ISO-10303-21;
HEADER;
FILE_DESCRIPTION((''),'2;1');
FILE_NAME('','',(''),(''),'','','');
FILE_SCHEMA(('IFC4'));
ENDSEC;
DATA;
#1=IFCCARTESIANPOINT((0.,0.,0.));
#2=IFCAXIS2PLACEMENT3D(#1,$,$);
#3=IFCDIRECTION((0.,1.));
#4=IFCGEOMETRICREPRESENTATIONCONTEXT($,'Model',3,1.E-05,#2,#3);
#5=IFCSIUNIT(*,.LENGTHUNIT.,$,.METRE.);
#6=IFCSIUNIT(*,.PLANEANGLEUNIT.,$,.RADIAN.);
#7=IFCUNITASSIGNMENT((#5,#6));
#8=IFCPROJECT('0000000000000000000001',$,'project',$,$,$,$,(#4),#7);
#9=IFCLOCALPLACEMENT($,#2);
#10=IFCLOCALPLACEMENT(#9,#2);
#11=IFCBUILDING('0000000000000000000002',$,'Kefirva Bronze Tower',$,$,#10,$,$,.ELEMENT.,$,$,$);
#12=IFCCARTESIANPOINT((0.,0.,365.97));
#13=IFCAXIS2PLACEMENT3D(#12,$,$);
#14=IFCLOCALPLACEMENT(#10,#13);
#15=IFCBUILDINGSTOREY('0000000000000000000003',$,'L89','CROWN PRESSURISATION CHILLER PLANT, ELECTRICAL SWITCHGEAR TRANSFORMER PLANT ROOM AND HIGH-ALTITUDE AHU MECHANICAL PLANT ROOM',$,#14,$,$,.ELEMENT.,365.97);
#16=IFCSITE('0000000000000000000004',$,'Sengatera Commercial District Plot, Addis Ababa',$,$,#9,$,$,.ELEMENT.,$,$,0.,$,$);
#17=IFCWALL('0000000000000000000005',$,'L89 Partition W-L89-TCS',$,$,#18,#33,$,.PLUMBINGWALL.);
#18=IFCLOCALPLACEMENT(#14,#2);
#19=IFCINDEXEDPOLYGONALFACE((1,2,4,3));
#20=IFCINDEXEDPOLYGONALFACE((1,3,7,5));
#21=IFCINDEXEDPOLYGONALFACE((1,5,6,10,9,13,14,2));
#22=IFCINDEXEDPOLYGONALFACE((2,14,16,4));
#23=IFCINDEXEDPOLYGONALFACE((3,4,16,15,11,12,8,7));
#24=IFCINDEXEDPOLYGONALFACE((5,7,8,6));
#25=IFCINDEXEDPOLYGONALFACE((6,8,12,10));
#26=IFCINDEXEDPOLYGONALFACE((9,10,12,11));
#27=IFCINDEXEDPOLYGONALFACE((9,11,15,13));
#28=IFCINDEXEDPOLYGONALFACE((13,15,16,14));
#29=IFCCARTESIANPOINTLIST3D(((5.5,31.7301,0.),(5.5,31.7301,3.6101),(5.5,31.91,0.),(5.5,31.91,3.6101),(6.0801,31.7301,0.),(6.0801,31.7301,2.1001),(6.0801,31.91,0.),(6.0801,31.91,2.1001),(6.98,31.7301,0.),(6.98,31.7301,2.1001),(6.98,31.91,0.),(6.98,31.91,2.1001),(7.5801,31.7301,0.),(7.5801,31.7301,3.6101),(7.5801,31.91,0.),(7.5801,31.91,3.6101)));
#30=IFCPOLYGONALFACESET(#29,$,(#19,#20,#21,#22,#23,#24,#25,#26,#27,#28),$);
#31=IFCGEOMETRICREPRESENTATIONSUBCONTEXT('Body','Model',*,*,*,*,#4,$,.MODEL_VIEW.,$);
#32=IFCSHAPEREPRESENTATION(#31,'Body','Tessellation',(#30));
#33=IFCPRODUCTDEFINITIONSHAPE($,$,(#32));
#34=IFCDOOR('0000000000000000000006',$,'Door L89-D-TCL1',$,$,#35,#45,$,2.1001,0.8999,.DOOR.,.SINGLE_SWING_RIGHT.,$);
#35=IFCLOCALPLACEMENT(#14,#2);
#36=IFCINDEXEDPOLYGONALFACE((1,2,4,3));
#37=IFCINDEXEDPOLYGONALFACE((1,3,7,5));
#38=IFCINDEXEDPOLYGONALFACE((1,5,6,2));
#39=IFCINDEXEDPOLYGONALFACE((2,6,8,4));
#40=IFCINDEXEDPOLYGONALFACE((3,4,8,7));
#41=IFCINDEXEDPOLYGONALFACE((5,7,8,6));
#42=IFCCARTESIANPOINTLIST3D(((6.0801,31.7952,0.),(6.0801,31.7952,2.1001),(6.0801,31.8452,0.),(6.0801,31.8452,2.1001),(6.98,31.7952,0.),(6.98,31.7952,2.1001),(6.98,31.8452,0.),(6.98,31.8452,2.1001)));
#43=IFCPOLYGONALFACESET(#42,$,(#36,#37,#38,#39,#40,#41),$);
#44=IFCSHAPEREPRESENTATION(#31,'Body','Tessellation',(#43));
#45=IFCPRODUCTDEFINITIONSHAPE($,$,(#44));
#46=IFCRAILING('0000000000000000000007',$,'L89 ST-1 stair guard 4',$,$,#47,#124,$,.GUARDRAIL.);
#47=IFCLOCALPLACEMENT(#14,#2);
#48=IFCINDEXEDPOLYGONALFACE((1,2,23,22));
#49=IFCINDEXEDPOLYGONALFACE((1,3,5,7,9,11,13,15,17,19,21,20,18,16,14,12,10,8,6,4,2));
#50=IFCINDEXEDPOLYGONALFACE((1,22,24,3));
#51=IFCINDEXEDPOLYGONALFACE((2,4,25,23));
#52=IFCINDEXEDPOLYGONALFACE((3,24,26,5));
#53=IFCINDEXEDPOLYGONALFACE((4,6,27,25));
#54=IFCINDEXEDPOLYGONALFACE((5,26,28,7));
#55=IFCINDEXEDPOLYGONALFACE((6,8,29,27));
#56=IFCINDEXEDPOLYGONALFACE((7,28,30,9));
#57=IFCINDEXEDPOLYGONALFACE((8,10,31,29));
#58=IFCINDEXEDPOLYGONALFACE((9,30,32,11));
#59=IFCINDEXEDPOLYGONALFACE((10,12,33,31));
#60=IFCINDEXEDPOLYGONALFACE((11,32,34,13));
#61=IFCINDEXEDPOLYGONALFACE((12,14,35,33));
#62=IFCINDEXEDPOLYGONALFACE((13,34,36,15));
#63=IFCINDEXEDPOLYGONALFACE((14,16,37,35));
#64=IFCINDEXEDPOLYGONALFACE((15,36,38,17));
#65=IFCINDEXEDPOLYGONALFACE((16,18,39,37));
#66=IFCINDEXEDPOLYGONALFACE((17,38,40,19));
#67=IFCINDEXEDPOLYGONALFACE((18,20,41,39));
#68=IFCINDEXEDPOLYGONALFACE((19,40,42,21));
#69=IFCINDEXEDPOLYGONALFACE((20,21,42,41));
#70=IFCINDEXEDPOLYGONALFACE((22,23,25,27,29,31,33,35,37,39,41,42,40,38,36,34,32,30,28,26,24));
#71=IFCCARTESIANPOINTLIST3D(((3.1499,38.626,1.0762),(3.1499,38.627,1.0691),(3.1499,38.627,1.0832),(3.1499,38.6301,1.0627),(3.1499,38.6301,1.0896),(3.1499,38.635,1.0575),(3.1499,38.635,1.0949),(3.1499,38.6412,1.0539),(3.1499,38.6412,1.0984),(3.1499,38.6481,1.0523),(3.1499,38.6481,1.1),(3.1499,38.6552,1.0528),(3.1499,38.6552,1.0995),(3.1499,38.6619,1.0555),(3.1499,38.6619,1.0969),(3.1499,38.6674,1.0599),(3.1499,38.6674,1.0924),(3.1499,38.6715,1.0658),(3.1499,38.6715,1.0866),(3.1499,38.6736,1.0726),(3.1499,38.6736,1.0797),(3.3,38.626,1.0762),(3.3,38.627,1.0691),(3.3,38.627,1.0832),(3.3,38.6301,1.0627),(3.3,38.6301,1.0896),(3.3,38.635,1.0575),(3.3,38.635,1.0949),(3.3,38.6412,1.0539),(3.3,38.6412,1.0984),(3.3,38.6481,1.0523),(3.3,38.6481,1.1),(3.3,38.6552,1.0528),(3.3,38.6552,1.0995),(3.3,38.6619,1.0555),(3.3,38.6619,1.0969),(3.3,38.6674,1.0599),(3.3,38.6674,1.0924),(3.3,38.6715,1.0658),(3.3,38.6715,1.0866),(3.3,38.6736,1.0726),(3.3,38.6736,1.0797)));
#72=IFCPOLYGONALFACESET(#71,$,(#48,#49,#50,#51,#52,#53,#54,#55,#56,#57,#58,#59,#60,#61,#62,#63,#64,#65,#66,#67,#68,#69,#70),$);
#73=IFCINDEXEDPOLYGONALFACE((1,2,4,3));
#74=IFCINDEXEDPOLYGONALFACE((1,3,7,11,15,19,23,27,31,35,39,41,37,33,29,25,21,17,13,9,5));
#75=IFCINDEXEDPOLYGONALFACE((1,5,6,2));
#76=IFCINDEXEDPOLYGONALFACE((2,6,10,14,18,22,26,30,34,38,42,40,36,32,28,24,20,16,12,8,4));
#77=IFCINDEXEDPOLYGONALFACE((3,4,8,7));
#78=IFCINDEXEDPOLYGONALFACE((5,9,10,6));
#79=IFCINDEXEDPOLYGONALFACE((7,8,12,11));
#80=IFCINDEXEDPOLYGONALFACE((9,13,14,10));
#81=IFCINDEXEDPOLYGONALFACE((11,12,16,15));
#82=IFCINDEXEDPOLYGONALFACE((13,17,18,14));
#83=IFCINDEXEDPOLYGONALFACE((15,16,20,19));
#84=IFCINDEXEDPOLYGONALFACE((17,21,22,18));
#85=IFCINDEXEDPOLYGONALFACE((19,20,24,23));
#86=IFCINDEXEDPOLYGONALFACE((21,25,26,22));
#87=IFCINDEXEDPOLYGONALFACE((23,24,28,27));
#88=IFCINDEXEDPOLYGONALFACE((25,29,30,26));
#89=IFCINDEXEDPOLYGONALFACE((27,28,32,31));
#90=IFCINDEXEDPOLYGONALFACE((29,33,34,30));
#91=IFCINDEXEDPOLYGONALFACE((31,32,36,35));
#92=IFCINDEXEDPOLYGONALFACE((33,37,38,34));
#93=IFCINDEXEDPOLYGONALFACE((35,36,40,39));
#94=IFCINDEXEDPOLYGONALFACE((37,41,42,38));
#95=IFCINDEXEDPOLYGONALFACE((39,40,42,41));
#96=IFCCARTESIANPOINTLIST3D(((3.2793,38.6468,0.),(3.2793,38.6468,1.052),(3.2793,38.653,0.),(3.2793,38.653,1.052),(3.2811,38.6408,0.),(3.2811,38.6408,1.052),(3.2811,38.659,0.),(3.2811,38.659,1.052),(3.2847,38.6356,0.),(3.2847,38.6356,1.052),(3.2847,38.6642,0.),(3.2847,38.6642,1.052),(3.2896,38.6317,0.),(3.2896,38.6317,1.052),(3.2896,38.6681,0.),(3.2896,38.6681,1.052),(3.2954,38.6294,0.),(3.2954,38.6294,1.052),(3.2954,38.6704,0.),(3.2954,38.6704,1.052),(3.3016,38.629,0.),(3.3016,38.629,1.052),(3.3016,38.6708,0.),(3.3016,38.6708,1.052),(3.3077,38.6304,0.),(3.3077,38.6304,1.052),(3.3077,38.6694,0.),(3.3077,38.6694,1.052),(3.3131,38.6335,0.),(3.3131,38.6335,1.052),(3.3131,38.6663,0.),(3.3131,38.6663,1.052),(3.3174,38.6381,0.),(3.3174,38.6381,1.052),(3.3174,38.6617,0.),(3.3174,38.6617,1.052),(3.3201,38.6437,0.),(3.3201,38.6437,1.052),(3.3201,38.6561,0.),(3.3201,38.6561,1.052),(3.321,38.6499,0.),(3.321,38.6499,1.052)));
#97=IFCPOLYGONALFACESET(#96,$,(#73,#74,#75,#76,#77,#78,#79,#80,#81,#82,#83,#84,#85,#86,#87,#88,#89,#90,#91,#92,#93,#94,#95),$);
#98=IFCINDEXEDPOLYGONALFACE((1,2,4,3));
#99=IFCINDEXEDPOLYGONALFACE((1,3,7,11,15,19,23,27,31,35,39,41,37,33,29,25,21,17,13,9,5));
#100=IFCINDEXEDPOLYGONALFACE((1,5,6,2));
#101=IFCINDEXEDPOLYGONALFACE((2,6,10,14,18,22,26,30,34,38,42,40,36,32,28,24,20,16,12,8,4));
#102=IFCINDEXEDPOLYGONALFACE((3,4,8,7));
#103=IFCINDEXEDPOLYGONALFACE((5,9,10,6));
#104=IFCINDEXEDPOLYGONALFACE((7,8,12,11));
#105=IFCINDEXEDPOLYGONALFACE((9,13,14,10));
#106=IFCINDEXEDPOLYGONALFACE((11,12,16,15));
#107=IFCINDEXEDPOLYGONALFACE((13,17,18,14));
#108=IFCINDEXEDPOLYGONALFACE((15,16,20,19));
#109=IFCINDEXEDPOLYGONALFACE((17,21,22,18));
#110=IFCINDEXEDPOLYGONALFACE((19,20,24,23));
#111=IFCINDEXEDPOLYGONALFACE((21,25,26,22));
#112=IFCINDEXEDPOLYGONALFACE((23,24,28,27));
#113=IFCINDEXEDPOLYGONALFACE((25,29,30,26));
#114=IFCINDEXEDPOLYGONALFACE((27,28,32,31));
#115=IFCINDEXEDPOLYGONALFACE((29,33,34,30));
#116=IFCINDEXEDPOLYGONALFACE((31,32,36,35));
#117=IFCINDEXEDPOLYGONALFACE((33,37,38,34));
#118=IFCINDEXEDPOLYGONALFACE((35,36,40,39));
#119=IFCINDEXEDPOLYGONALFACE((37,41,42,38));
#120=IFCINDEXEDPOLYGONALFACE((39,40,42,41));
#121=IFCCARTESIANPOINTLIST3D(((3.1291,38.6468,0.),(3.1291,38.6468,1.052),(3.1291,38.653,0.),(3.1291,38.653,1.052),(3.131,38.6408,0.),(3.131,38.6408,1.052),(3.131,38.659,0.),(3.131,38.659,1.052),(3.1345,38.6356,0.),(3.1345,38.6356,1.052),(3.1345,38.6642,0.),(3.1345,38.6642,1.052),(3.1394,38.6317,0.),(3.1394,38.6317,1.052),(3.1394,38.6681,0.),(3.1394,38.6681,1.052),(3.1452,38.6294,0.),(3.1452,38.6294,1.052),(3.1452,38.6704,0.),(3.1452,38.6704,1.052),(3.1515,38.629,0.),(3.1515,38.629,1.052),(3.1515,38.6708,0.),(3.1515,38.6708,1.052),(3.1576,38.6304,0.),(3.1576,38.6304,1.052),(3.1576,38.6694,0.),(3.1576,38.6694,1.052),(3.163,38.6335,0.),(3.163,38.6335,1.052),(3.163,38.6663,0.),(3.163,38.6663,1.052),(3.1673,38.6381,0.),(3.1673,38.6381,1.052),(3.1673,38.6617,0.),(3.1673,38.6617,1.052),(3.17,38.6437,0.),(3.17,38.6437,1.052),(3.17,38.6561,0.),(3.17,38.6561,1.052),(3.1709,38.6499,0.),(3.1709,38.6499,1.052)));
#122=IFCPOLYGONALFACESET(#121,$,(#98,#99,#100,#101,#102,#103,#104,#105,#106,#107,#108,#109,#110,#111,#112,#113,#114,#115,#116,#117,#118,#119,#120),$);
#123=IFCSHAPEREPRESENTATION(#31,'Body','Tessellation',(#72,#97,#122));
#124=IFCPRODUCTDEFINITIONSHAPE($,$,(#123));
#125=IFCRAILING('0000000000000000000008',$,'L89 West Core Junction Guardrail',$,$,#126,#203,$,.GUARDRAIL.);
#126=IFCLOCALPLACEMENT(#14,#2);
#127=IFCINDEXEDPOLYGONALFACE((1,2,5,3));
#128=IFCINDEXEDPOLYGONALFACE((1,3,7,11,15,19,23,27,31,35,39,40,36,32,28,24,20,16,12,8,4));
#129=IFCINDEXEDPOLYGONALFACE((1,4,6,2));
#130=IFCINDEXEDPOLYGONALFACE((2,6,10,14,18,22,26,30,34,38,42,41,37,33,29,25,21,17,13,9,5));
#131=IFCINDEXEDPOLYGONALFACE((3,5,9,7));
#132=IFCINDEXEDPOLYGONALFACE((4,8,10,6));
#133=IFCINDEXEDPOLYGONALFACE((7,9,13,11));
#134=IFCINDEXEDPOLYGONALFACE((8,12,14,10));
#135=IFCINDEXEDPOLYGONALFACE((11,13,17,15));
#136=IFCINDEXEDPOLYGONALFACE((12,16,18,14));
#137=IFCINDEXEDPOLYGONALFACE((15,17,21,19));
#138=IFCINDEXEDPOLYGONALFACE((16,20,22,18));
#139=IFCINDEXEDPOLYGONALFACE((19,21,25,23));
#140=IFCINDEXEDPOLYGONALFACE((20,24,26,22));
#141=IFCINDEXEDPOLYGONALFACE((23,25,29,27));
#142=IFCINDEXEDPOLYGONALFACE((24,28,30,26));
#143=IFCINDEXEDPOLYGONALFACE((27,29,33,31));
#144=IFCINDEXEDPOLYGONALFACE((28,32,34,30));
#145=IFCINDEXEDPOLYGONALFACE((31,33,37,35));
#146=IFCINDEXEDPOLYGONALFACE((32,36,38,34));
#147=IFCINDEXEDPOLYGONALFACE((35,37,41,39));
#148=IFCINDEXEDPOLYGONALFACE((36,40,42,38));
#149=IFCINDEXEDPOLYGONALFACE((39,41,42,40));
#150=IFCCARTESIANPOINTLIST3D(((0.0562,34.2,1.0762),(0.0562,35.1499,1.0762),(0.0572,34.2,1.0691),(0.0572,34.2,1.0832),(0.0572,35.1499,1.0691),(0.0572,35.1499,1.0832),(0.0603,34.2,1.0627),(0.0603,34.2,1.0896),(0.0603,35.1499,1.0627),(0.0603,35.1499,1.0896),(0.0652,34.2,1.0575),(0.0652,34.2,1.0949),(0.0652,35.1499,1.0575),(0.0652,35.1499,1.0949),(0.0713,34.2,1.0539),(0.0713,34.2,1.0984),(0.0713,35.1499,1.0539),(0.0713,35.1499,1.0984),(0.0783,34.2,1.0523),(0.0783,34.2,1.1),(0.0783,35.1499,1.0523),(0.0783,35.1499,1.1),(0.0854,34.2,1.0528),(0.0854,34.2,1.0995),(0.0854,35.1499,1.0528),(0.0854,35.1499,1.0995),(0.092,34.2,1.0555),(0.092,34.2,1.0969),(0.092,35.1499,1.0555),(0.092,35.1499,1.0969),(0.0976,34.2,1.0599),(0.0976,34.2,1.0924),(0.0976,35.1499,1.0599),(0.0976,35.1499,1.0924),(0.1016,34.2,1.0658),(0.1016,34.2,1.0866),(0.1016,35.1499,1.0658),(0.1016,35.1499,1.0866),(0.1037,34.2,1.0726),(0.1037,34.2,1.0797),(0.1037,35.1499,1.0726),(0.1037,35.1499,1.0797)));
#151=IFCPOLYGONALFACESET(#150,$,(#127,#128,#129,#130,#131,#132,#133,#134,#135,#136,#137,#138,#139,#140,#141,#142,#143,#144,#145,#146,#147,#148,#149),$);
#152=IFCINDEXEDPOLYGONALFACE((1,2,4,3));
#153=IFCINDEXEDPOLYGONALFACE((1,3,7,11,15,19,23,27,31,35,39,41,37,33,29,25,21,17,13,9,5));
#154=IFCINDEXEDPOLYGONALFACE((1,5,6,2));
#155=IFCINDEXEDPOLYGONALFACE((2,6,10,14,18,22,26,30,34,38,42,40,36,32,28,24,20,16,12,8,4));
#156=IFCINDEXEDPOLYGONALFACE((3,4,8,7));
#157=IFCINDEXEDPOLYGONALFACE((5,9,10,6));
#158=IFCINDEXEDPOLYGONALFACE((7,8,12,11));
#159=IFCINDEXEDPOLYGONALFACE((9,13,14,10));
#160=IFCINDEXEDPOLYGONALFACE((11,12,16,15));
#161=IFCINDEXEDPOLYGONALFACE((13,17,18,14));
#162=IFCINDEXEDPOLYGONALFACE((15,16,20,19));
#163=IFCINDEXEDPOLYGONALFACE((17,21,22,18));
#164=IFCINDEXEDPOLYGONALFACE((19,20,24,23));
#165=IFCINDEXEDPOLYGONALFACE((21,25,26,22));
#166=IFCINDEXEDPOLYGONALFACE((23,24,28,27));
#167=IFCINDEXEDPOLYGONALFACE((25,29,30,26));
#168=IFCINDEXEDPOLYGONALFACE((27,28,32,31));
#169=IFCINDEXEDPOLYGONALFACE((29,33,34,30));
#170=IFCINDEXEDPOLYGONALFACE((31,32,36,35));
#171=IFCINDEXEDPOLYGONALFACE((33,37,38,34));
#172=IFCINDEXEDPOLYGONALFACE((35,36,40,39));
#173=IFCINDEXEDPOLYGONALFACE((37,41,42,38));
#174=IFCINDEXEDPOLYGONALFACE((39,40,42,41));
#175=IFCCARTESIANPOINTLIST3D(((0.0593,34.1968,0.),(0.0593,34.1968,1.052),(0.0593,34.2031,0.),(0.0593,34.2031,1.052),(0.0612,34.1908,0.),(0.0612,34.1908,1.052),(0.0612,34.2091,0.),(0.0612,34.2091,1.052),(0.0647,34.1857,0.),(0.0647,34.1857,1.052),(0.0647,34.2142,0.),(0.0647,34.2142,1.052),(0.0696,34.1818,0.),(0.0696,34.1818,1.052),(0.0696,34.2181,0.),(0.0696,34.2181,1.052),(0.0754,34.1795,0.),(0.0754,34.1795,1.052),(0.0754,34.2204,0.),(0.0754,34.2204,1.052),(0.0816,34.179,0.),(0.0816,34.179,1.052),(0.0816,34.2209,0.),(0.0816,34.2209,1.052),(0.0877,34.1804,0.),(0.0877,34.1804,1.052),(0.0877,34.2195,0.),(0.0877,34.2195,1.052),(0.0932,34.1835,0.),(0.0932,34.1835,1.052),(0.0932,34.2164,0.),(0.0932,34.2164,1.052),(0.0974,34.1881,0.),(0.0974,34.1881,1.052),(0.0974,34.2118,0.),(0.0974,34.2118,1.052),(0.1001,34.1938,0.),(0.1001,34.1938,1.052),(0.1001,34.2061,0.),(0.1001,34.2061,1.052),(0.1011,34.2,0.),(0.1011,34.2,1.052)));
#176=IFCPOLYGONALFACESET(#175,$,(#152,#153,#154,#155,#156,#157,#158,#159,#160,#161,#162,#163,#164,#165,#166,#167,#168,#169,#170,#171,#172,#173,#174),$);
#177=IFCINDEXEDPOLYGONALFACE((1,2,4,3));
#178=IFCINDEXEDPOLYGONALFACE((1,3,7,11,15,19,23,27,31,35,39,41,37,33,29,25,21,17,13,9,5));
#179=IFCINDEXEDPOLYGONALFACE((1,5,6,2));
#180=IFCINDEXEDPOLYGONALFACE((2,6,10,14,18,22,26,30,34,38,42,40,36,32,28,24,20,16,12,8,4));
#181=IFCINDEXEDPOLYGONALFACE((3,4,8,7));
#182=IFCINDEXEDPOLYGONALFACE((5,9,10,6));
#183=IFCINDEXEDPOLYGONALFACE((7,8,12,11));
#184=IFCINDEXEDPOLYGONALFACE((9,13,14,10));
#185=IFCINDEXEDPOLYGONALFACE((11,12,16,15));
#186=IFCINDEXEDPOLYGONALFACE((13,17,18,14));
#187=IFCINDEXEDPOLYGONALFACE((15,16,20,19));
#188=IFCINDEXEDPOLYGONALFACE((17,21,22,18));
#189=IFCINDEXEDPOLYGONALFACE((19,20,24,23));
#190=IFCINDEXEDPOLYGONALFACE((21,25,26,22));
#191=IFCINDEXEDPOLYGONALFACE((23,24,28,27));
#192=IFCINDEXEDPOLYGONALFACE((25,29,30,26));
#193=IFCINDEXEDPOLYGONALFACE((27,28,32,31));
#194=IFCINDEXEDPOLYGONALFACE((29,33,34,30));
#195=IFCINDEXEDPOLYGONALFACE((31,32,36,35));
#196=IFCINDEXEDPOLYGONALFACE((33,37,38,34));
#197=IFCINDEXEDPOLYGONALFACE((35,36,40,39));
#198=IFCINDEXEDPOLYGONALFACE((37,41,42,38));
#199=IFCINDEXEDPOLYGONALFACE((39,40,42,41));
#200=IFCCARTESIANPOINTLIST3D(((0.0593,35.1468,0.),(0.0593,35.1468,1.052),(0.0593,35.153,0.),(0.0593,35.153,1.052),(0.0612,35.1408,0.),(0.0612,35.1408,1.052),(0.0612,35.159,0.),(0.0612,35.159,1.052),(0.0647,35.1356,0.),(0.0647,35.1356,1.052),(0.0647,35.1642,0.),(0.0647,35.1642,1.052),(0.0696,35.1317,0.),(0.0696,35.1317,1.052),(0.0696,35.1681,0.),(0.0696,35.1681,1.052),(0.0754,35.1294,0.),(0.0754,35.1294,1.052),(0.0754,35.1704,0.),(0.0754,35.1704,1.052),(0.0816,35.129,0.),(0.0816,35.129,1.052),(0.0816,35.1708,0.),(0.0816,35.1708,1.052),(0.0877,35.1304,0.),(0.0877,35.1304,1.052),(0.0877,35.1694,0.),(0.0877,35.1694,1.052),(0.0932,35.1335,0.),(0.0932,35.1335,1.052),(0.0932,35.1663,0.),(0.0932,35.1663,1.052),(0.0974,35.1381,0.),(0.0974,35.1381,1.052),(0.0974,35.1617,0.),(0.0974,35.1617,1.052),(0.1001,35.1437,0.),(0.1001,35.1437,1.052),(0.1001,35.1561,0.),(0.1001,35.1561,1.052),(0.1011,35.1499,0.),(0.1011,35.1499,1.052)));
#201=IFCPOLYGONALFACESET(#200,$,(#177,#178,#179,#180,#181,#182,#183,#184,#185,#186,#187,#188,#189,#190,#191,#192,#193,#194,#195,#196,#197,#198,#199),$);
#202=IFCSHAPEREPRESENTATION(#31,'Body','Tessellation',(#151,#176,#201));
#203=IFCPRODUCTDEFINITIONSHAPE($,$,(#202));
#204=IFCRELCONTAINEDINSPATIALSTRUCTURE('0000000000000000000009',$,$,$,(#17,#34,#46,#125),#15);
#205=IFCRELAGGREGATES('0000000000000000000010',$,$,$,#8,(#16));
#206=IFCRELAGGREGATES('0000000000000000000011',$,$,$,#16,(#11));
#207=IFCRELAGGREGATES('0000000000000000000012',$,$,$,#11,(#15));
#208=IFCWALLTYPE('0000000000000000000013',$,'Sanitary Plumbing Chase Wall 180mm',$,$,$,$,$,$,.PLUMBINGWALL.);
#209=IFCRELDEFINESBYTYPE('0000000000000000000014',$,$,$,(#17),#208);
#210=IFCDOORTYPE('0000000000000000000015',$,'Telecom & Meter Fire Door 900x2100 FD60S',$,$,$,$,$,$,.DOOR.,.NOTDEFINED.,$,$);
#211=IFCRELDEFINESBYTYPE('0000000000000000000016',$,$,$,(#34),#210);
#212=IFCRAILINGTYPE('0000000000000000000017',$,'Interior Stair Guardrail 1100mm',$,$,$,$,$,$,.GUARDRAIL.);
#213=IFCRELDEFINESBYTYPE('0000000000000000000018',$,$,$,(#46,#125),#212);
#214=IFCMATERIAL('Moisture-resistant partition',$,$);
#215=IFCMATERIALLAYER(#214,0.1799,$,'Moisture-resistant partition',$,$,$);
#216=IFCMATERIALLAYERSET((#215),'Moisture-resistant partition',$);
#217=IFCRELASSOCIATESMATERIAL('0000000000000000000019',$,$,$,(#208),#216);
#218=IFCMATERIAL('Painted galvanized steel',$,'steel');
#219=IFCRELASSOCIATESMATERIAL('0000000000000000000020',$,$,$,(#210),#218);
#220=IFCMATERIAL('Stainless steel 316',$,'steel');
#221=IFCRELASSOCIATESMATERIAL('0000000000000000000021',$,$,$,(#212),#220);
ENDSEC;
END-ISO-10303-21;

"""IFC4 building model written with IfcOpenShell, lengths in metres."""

from ifc_helpers import new_model, si_unit, direction, frame, frame_2d, origin, origin_2d, place, context, subcontext, project, spatial, rectangle, circle, extrude, material, layer, layer_set, type_object, element, fill, save


model = new_model("IFC4")

# Units and contexts
model_context = context("Model", 3, precision=1e-05, world=origin(), true_north=direction((0.0, 1.0)))
body_context = subcontext(model_context, "Body", "Model", "MODEL_VIEW")
ifc_project = project(units=[si_unit("LENGTHUNIT", "METRE"), si_unit("PLANEANGLEUNIT", "RADIAN")], contexts=[model_context])

# Site, building, storey
site_placement = place(None, origin())
site = spatial("IfcSite", under=ifc_project, at=site_placement, Name="Sengatera Commercial District Plot, Addis Ababa", CompositionType="ELEMENT", RefElevation=0.0)
building_placement = place(site_placement, origin())
building = spatial("IfcBuilding", under=site, at=building_placement, Name="Kefirva Bronze Tower", CompositionType="ELEMENT")
storey_placement = place(building_placement, frame((0.0, 0.0, 365.97)))
storey = spatial("IfcBuildingStorey", under=building, at=storey_placement, Name="L89", Description="CROWN PRESSURISATION CHILLER PLANT, ELECTRICAL SWITCHGEAR TRANSFORMER PLANT ROOM AND HIGH-ALTITUDE AHU MECHANICAL PLANT ROOM", CompositionType="ELEMENT", Elevation=365.97)

# Shared definitions
ifc_material_1 = material(Name="Painted galvanized steel", Category="steel")

# Shared definitions
ifc_material_2 = material(Name="Stainless steel 316", Category="steel")

# Wall, opening, door
ifc_material_3 = material(Name="Moisture-resistant partition")
ifc_layer_1 = layer(ifc_material_3, 0.1799, Name="Moisture-resistant partition")
ifc_layer_set_1 = layer_set([ifc_layer_1], Name="Moisture-resistant partition")
wall_type_1 = type_object("IfcWallType", Name="Sanitary Plumbing Chase Wall 180mm", PredefinedType="PLUMBINGWALL", material=ifc_layer_set_1)
wall_1_placement = place(storey_placement, frame((5.5, 31.8201, 0.0), z_axis=(0.0, 0.0, 1.0), x_axis=(1.0, 0.0, 0.0)))
wall_1 = element("IfcWall", 1, at=wall_1_placement, inside=storey, type_object=wall_type_1, Name="L89 Partition W-L89-TCS", PredefinedType="PLUMBINGWALL", context=body_context, shape_type="SweptSolid", body=[
    extrude(rectangle(XDim=2.0801, YDim=0.1799, at=frame_2d((1.04, 0.0))), origin(), (0.0, 0.0, 1.0), 3.6101),
])
opening_1_placement = place(wall_1_placement, frame((1.48, 0.0, 0.0), z_axis=(0.0, 0.0, 1.0), x_axis=(-1.0, 0.0, 0.0)))
opening_1 = element("IfcOpeningElement", 2, at=opening_1_placement, cuts=wall_1, PredefinedType="OPENING", context=body_context, shape_type="SweptSolid", body=[
    extrude(rectangle(XDim=0.8999, YDim=2.1001, at=frame_2d((0.45, 1.05))), frame((0.0, 0.1001, 0.0), z_axis=(0.0, -1.0, 0.0), x_axis=(1.0, 0.0, 0.0)), (0.0, 0.0, 1.0), 0.2),
])
door_type_1 = type_object("IfcDoorType", Name="Telecom & Meter Fire Door 900x2100 FD60S", OperationType="NOTDEFINED", PredefinedType="DOOR", material=ifc_material_1)
door_1_placement = place(opening_1_placement, origin())
door_1 = element("IfcDoor", 3, at=door_1_placement, inside=storey, type_object=door_type_1, Name="Door L89-D-TCL1", OperationType="SINGLE_SWING_RIGHT", OverallHeight=2.1001, OverallWidth=0.8999, PredefinedType="DOOR", context=body_context, shape_type="SweptSolid", body=[
    extrude(rectangle(XDim=0.8999, YDim=2.1001, at=frame_2d((0.45, 1.05))), frame((0.0, 0.0249, 0.0), z_axis=(0.0, -1.0, 0.0), x_axis=(1.0, 0.0, 0.0)), (0.0, 0.0, 1.0), 0.05),
])
fill(opening_1, door_1)

# Railings
railing_type = type_object("IfcRailingType", Name="Interior Stair Guardrail 1100mm", PredefinedType="GUARDRAIL", material=ifc_material_2)
railing_1_placement = place(storey_placement, frame((3.3, 38.6499, 0.0)))
element("IfcRailing", 4, at=railing_1_placement, inside=storey, type_object=railing_type, Name="L89 ST-1 stair guard 4", PredefinedType="GUARDRAIL", context=body_context, shape_type="SweptSolid", body=[
    extrude(circle(Radius=0.0239, at=origin_2d()), frame((0.0, 0.0, 1.0762), z_axis=(-1.0, 0.0, 0.0), x_axis=(0.0, -1.0, 0.0)), (0.0, 0.0, 1.0), 0.1501),
    extrude(circle(Radius=0.021, at=origin_2d()), origin(), (0.0, 0.0, 1.0), 1.052),
    extrude(circle(Radius=0.021, at=origin_2d()), frame((-0.1501, 0.0, 0.0)), (0.0, 0.0, 1.0), 1.052),
])
railing_2_placement = place(storey_placement, frame((0.0801, 34.2, 0.0)))
element("IfcRailing", 5, at=railing_2_placement, inside=storey, type_object=railing_type, Name="L89 West Core Junction Guardrail", PredefinedType="GUARDRAIL", context=body_context, shape_type="SweptSolid", body=[
    extrude(circle(Radius=0.0239, at=origin_2d()), frame((0.0, 0.0, 1.0762), z_axis=(0.0, 1.0, 0.0), x_axis=(-1.0, 0.0, 0.0)), (0.0, 0.0, 1.0), 0.95),
    extrude(circle(Radius=0.021, at=origin_2d()), origin(), (0.0, 0.0, 1.0), 1.052),
    extrude(circle(Radius=0.021, at=origin_2d()), frame((0.0, 0.95, 0.0)), (0.0, 0.0, 1.0), 1.052),
])

save(model, "model.ifc")
